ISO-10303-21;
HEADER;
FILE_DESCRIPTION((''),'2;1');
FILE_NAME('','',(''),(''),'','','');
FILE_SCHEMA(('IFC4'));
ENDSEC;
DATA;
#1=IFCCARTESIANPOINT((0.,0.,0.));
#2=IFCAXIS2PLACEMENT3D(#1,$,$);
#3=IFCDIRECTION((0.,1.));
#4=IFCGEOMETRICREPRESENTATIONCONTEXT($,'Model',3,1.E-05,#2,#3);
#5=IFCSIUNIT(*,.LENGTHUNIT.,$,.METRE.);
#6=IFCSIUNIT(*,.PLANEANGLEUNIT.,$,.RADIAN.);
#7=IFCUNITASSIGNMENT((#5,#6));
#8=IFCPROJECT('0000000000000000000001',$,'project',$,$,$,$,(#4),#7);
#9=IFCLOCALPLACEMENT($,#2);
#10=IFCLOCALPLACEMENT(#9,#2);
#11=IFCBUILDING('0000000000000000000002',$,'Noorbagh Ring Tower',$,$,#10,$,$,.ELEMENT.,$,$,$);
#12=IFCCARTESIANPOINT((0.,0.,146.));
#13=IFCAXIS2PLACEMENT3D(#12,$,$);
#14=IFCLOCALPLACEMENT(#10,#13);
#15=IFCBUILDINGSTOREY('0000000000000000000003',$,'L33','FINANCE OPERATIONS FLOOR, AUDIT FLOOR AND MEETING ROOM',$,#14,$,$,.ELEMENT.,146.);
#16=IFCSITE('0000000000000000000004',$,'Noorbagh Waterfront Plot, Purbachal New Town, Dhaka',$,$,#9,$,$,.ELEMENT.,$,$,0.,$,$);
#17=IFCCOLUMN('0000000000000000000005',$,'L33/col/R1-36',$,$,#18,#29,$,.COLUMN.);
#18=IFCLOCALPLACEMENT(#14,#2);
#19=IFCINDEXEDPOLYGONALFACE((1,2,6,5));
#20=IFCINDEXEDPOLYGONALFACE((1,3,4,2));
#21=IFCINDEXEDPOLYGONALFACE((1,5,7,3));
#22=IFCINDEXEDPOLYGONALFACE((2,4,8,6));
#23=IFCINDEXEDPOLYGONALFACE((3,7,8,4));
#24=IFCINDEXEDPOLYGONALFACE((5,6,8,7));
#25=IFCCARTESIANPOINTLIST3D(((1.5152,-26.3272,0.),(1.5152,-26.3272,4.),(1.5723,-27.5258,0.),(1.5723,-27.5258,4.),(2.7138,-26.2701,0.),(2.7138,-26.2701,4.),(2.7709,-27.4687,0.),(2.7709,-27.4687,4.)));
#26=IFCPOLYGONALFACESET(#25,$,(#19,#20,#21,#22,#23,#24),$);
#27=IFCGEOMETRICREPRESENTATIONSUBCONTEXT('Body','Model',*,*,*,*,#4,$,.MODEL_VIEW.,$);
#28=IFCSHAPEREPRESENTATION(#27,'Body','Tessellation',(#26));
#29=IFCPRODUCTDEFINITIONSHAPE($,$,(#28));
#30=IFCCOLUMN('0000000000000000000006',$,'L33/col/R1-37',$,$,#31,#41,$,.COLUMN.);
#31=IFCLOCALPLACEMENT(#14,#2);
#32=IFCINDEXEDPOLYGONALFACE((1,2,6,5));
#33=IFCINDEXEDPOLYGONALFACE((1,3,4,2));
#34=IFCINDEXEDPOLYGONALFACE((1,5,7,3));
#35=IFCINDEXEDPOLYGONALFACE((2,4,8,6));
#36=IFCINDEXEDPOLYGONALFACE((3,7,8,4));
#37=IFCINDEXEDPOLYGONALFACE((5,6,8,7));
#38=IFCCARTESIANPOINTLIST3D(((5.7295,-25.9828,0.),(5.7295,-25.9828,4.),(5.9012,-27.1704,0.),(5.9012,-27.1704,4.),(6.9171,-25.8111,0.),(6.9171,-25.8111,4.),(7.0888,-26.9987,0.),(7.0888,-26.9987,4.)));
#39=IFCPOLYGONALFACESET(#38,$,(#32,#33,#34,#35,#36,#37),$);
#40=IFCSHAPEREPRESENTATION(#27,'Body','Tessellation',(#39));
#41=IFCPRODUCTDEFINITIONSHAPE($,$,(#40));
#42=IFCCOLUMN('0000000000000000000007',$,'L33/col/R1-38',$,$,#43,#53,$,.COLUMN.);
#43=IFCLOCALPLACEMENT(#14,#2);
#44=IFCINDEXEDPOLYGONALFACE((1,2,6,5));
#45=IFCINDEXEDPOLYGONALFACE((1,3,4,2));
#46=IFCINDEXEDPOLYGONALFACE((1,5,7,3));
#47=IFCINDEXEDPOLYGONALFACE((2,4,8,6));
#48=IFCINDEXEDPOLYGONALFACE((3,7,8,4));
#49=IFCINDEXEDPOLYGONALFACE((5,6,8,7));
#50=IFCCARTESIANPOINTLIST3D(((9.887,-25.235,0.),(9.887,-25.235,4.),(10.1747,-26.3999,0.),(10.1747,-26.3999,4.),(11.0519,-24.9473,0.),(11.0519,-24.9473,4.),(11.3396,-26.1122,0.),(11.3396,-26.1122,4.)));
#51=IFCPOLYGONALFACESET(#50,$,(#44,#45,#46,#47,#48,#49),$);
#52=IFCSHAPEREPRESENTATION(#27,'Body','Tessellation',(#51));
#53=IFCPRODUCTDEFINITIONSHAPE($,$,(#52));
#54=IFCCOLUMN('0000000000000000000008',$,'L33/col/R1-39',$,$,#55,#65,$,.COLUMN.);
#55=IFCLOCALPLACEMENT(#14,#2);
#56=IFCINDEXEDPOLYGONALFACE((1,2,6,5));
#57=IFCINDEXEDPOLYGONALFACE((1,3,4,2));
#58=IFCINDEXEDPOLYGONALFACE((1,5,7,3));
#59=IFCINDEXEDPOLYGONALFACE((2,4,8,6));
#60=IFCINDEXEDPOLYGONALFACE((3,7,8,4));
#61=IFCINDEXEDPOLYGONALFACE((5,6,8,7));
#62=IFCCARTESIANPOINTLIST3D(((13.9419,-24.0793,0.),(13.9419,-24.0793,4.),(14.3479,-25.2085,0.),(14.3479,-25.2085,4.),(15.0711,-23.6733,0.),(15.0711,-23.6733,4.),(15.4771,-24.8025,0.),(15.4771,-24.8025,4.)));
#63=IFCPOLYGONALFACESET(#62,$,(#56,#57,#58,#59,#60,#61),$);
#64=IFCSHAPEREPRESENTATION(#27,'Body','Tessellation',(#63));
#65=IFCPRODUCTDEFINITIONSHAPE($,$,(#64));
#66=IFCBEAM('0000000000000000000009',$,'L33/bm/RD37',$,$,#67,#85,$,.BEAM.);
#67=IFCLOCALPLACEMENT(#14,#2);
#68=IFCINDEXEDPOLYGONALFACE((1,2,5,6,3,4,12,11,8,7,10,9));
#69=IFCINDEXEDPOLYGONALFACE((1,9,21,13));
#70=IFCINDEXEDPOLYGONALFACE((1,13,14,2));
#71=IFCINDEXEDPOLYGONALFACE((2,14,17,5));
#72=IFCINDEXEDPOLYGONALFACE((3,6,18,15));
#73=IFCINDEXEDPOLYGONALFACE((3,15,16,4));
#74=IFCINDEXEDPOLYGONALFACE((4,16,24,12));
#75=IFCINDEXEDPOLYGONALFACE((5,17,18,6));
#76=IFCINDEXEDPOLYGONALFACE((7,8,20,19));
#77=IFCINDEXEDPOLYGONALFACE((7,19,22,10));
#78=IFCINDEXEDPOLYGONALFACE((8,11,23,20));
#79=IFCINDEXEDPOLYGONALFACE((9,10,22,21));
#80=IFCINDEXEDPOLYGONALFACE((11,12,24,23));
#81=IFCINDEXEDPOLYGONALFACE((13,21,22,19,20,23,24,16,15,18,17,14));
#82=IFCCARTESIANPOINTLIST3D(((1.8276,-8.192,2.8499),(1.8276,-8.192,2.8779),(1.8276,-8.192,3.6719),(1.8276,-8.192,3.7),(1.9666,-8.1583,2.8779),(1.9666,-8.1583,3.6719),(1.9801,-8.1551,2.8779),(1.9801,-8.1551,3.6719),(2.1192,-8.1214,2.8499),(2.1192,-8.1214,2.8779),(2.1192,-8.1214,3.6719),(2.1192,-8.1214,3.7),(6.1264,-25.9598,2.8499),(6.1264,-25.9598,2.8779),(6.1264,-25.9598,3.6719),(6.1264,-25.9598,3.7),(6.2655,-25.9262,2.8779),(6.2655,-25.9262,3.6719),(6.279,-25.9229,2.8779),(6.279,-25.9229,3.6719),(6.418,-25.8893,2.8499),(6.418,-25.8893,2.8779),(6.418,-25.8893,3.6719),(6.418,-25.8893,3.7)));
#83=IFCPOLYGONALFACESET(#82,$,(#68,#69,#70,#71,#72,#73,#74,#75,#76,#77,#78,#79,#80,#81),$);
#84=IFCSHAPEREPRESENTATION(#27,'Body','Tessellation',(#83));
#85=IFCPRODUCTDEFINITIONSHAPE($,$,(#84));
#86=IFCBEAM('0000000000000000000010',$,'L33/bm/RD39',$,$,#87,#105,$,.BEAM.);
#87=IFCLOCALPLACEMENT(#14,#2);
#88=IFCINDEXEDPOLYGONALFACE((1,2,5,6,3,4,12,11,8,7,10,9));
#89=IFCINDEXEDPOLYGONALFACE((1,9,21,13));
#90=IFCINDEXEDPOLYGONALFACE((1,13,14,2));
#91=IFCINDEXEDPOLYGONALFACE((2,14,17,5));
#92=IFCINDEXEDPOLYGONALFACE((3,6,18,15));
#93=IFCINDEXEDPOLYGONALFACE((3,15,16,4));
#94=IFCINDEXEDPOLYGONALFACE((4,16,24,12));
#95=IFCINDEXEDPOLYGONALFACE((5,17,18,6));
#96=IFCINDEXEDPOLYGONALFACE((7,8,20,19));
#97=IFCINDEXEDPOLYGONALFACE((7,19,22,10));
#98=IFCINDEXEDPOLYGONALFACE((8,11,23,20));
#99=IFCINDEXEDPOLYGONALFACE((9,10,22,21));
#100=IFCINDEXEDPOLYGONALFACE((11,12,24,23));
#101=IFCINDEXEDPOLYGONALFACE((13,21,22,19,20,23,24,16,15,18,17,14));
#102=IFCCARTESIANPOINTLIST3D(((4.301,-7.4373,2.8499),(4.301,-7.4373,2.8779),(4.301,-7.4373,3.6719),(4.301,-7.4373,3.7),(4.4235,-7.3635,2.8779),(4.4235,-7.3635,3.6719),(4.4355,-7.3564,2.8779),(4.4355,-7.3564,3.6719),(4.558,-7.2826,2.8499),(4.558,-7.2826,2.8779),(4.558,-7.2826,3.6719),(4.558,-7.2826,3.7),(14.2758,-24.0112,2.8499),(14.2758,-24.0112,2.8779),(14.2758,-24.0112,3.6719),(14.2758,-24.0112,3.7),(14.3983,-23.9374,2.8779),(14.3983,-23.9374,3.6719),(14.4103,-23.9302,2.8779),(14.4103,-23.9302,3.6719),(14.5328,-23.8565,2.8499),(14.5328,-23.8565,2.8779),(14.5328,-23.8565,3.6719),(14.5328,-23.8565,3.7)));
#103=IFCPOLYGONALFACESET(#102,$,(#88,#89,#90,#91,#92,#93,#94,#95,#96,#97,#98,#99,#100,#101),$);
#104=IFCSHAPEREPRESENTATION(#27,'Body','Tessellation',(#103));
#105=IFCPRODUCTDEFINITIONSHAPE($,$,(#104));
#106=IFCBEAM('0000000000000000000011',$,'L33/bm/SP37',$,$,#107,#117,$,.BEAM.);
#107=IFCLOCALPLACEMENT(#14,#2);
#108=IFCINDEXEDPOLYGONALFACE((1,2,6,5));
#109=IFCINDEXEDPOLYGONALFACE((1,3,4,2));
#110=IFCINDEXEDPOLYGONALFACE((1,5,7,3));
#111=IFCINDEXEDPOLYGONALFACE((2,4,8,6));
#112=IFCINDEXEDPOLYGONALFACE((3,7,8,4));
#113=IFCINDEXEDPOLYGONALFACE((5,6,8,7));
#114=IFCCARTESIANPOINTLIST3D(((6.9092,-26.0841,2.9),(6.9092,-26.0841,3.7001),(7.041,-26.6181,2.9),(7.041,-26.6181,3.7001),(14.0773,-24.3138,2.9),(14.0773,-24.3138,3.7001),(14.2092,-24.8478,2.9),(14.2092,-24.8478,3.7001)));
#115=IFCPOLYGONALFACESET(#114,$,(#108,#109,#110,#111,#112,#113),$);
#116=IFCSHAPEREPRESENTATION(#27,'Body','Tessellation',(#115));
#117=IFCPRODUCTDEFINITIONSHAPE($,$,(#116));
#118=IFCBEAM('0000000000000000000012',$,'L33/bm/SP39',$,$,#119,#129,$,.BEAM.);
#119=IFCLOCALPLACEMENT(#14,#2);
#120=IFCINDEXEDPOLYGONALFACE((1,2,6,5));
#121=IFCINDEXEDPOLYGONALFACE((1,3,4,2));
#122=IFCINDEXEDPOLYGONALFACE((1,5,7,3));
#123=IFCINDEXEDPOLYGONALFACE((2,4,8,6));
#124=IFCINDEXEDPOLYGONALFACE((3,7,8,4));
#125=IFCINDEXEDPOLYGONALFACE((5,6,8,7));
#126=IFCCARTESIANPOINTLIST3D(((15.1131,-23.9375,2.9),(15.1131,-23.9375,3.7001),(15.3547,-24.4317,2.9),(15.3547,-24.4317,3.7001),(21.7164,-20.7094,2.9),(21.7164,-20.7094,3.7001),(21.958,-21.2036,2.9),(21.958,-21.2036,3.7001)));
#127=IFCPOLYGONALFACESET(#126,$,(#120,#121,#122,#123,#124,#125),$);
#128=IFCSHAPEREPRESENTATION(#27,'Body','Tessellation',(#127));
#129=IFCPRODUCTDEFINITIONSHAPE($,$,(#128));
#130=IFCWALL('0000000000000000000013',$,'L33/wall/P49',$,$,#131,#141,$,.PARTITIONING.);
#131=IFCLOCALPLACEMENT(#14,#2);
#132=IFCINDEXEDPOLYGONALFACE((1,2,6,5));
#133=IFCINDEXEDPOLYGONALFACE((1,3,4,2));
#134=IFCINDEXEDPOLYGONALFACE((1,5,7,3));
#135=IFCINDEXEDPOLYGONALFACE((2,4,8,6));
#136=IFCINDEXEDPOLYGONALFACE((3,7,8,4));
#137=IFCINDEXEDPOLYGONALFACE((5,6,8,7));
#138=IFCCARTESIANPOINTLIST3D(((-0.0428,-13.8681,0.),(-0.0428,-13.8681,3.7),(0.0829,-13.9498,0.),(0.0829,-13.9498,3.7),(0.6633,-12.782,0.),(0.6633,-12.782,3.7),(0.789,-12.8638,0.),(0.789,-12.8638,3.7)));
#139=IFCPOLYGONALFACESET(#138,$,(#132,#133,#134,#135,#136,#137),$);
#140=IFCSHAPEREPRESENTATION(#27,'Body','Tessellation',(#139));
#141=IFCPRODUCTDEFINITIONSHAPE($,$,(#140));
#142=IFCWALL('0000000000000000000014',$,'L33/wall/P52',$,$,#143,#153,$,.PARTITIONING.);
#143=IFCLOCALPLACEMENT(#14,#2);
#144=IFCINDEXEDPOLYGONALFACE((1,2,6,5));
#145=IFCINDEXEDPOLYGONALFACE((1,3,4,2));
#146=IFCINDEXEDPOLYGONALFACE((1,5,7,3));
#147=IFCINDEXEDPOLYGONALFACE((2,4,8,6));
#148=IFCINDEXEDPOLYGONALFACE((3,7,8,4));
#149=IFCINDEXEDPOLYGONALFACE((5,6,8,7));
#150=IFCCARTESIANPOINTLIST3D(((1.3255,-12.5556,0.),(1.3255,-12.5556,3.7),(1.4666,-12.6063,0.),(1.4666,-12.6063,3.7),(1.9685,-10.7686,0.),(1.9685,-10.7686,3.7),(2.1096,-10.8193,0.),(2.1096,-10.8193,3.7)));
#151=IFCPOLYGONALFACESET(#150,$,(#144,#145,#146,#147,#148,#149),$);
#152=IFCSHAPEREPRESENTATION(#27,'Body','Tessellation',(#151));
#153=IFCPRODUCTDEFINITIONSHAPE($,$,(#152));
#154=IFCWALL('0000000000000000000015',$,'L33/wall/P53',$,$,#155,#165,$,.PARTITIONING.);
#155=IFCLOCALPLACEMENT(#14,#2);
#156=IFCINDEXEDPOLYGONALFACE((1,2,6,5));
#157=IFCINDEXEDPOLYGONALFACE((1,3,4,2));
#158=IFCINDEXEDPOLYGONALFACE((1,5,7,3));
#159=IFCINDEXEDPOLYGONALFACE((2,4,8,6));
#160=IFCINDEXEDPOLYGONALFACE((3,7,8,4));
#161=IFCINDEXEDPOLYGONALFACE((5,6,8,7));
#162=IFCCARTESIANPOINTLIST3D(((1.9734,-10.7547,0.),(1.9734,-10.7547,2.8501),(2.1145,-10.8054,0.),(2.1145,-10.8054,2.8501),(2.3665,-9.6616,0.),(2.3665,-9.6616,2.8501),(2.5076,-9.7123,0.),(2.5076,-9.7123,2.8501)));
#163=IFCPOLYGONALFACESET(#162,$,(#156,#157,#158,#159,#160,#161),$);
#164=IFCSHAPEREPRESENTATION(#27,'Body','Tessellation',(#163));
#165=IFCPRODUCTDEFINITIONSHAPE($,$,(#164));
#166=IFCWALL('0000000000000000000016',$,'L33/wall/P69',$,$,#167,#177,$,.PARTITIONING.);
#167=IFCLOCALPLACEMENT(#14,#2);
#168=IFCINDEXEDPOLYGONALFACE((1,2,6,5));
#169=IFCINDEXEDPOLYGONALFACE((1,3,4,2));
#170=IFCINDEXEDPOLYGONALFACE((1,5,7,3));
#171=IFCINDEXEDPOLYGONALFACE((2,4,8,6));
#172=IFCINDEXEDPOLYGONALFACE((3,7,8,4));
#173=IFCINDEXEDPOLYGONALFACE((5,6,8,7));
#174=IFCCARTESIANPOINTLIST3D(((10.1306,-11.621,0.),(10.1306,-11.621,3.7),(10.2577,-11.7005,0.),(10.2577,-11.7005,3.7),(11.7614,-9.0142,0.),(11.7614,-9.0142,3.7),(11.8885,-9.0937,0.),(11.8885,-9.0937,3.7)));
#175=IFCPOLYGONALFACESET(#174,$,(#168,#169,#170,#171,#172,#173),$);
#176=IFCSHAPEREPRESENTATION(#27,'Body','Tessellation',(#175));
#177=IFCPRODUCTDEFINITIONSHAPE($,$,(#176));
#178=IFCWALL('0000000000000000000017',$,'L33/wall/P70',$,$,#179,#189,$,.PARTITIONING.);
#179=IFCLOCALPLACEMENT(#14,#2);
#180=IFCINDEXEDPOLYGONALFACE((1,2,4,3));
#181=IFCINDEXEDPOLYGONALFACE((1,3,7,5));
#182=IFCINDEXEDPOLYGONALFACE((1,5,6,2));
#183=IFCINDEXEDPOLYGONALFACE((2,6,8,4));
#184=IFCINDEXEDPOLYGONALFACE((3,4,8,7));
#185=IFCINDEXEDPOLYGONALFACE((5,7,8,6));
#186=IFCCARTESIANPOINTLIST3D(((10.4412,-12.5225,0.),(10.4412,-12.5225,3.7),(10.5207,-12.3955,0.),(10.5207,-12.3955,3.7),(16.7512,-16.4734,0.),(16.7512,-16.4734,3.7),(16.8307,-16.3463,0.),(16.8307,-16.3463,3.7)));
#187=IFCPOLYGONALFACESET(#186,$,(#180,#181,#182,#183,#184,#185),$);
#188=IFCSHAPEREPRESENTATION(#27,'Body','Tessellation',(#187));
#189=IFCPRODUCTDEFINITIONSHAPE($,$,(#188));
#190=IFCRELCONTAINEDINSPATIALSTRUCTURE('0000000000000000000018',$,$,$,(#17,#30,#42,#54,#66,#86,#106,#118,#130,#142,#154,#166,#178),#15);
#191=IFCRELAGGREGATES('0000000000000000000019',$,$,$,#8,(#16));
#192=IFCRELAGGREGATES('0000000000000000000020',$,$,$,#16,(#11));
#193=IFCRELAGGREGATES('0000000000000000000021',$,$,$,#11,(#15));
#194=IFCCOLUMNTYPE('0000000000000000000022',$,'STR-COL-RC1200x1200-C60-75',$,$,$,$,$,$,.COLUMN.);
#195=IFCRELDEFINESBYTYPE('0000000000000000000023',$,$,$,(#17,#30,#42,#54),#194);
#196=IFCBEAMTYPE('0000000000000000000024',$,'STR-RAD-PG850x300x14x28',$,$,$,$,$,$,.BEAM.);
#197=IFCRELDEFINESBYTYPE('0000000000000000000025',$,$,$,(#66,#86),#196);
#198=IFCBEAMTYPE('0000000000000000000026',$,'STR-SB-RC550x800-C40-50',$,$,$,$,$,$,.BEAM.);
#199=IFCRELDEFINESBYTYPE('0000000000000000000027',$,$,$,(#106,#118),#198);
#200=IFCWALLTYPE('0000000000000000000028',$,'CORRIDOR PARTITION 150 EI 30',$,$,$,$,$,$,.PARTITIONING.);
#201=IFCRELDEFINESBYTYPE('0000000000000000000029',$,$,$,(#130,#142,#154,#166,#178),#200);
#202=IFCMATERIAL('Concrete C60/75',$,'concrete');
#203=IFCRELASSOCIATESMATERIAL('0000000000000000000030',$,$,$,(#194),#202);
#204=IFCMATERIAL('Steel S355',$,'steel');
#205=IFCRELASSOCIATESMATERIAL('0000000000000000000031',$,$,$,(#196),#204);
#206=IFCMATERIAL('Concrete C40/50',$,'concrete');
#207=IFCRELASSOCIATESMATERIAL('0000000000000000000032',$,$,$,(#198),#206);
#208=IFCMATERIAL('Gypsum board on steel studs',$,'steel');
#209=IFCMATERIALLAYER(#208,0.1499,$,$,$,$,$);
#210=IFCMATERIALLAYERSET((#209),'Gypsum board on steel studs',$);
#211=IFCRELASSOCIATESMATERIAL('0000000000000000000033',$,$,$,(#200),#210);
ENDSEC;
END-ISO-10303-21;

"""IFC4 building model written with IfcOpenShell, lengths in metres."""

from ifc_helpers import new_model, si_unit, direction, frame, frame_2d, origin, origin_2d, place, context, subcontext, project, spatial, rectangle, i_section, extrude, material, layer, layer_set, material_profile, profile_set, type_object, element, save


model = new_model("IFC4")

# Units and contexts
model_context = context("Model", 3, precision=1e-05, world=origin(), true_north=direction((0.0, 1.0)))
body_context = subcontext(model_context, "Body", "Model", "MODEL_VIEW")
ifc_project = project(units=[si_unit("LENGTHUNIT", "METRE"), si_unit("PLANEANGLEUNIT", "RADIAN")], contexts=[model_context])

# Site, building, storey
site_placement = place(None, origin())
site = spatial("IfcSite", under=ifc_project, at=site_placement, Name="Noorbagh Waterfront Plot, Purbachal New Town, Dhaka", CompositionType="ELEMENT", RefElevation=0.0)
building_placement = place(site_placement, origin())
building = spatial("IfcBuilding", under=site, at=building_placement, Name="Noorbagh Ring Tower", CompositionType="ELEMENT")
storey_placement = place(building_placement, frame((0.0, 0.0, 146.0)))
storey = spatial("IfcBuildingStorey", under=building, at=storey_placement, Name="L33", Description="FINANCE OPERATIONS FLOOR, AUDIT FLOOR AND MEETING ROOM", CompositionType="ELEMENT", Elevation=146.0)

# Columns
ifc_material_1 = material(Name="Concrete C60/75", Category="concrete")
ifc_material_profile_1 = material_profile(ifc_material_1, rectangle(XDim=1.2, YDim=1.2, at=origin_2d()), Name="RC1200x1200")
ifc_profile_set_1 = profile_set([ifc_material_profile_1], Name="Concrete C60/75")
column_type = type_object("IfcColumnType", Name="STR-COL-RC1200x1200-C60-75", PredefinedType="COLUMN", material=ifc_profile_set_1)
for number, where, z_axis, x_axis, name in (
    (1, (2.1431, -26.8979, 0.0), (0.0, 0.0, 1.0), (0.998869, 0.047553, 0.0), "L33/col/R1-36"),
    (2, (6.4092, -26.4907, 0.0), (0.0, 0.0, 1.0), (0.989713, 0.143066, 0.0), "L33/col/R1-37"),
    (3, (10.6133, -25.6736, 0.0), (0.0, 0.0, 1.0), (0.970829, 0.239771, 0.0), "L33/col/R1-38"),
    (4, (14.7095, -24.4409, 0.0), (0.0, 0.0, 1.0), (0.941025, 0.338338, 0.0), "L33/col/R1-39"),
):
    element("IfcColumn", number, at=place(storey_placement, frame(where, z_axis=z_axis, x_axis=x_axis)), inside=storey, type_object=column_type, Name=name, PredefinedType="COLUMN", context=body_context, shape_type="SweptSolid", body=[
        extrude(rectangle(XDim=1.2, YDim=1.2, at=origin_2d()), origin(), (0.0, 0.0, 1.0), 4.0),
    ])

# Beams
ifc_material_2 = material(Name="Steel S355", Category="steel")
ifc_material_profile_2 = material_profile(ifc_material_2, i_section(OverallWidth=0.3, OverallDepth=0.8501, WebThickness=0.0139, FlangeThickness=0.0281, at=origin_2d()), Name="PG850x300x14x28")
ifc_profile_set_2 = profile_set([ifc_material_profile_2], Name="Steel S355")
beam_type_1 = type_object("IfcBeamType", Name="STR-RAD-PG850x300x14x28", PredefinedType="BEAM", material=ifc_profile_set_2)
beam_1_placement = place(storey_placement, frame((6.2722, -25.9246, 3.2749), z_axis=(-0.23516, 0.971957, 0.0), x_axis=(-0.971957, -0.23516, 0.0)))
element("IfcBeam", 5, at=beam_1_placement, inside=storey, type_object=beam_type_1, Name="L33/bm/RD37", PredefinedType="BEAM", context=body_context, shape_type="SweptSolid", body=[
    extrude(i_section(OverallWidth=0.3, OverallDepth=0.8501, WebThickness=0.0139, FlangeThickness=0.0281, at=origin_2d()), origin(), (0.0, 0.0, 1.0), 18.2805),
])
beam_2_placement = place(storey_placement, frame((14.4043, -23.9338, 3.2749), z_axis=(-0.515653, 0.856797, 0.0), x_axis=(-0.856797, -0.515653, 0.0)))
element("IfcBeam", 6, at=beam_2_placement, inside=storey, type_object=beam_type_1, Name="L33/bm/RD39", PredefinedType="BEAM", context=body_context, shape_type="SweptSolid", body=[
    extrude(i_section(OverallWidth=0.3, OverallDepth=0.8501, WebThickness=0.0139, FlangeThickness=0.0281, at=origin_2d()), origin(), (0.0, 0.0, 1.0), 19.344),
])
ifc_material_3 = material(Name="Concrete C40/50", Category="concrete")
ifc_material_profile_3 = material_profile(ifc_material_3, rectangle(XDim=0.55, YDim=0.8, at=origin_2d()), Name="RC550x800")
ifc_profile_set_3 = profile_set([ifc_material_profile_3], Name="Concrete C40/50")
beam_type_2 = type_object("IfcBeamType", Name="STR-SB-RC550x800-C40-50", PredefinedType="BEAM", material=ifc_profile_set_3)
beam_3_placement = place(storey_placement, frame((6.9751, -26.3511, 3.3), z_axis=(0.970833, 0.239757, 0.0), x_axis=(-0.239757, 0.970833, 0.0)))
element("IfcBeam", 7, at=beam_3_placement, inside=storey, type_object=beam_type_2, Name="L33/bm/SP37", PredefinedType="BEAM", context=body_context, shape_type="SweptSolid", body=[
    extrude(rectangle(XDim=0.55, YDim=0.8, at=origin_2d()), origin(), (0.0, 0.0, 1.0), 7.3835),
])
beam_4_placement = place(storey_placement, frame((15.2339, -24.1846, 3.3), z_axis=(0.898397, 0.439184, 0.0), x_axis=(-0.439184, 0.898397, 0.0)))
element("IfcBeam", 8, at=beam_4_placement, inside=storey, type_object=beam_type_2, Name="L33/bm/SP39", PredefinedType="BEAM", context=body_context, shape_type="SweptSolid", body=[
    extrude(rectangle(XDim=0.55, YDim=0.8, at=origin_2d()), origin(), (0.0, 0.0, 1.0), 7.3501),
])

# Walls
ifc_material_4 = material(Name="Gypsum board on steel studs", Category="steel")
ifc_layer_1 = layer(ifc_material_4, 0.1499)
ifc_layer_set_1 = layer_set([ifc_layer_1], Name="Gypsum board on steel studs")
wall_type_1 = type_object("IfcWallType", Name="CORRIDOR PARTITION 150 EI 30", PredefinedType="PARTITIONING", material=ifc_layer_set_1)
wall_1_placement = place(storey_placement, frame((0.02, -13.9089, 0.0), z_axis=(0.0, 0.0, 1.0), x_axis=(0.545094, 0.838375, 0.0)))
element("IfcWall", 9, at=wall_1_placement, inside=storey, type_object=wall_type_1, Name="L33/wall/P49", PredefinedType="PARTITIONING", context=body_context, shape_type="SweptSolid", body=[
    extrude(rectangle(XDim=1.2954, YDim=0.1499, at=frame_2d((0.6477, 0.0))), origin(), (0.0, 0.0, 1.0), 3.7),
])
wall_2_placement = place(storey_placement, frame((1.396, -12.5811, 0.0), z_axis=(0.0, 0.0, 1.0), x_axis=(0.338583, 0.940937, 0.0)))
element("IfcWall", 10, at=wall_2_placement, inside=storey, type_object=wall_type_1, Name="L33/wall/P52", PredefinedType="PARTITIONING", context=body_context, shape_type="SweptSolid", body=[
    extrude(rectangle(XDim=1.8992, YDim=0.1499, at=frame_2d((0.9497, 0.0))), origin(), (0.0, 0.0, 1.0), 3.7),
])
wall_3_placement = place(storey_placement, frame((2.0439, -10.78, 0.0), z_axis=(0.0, 0.0, 1.0), x_axis=(0.338399, 0.941003, 0.0)))
element("IfcWall", 11, at=wall_3_placement, inside=storey, type_object=wall_type_1, Name="L33/wall/P53", PredefinedType="PARTITIONING", context=body_context, shape_type="SweptSolid", body=[
    extrude(rectangle(XDim=1.1616, YDim=0.1499, at=frame_2d((0.5808, 0.0))), origin(), (0.0, 0.0, 1.0), 2.8501),
])
wall_4_placement = place(storey_placement, frame((10.1941, -11.6609, 0.0), z_axis=(0.0, 0.0, 1.0), x_axis=(0.530356, 0.847775, 0.0)))
element("IfcWall", 12, at=wall_4_placement, inside=storey, type_object=wall_type_1, Name="L33/wall/P69", PredefinedType="PARTITIONING", context=body_context, shape_type="SweptSolid", body=[
    extrude(rectangle(XDim=3.075, YDim=0.1499, at=frame_2d((1.5376, 0.0))), origin(), (0.0, 0.0, 1.0), 3.7),
])
wall_5_placement = place(storey_placement, frame((10.481, -12.459, 0.0), z_axis=(0.0, 0.0, 1.0), x_axis=(0.847567, -0.530689, 0.0)))
element("IfcWall", 13, at=wall_5_placement, inside=storey, type_object=wall_type_1, Name="L33/wall/P70", PredefinedType="PARTITIONING", context=body_context, shape_type="SweptSolid", body=[
    extrude(rectangle(XDim=7.4448, YDim=0.1499, at=frame_2d((3.7224, 0.0))), origin(), (0.0, 0.0, 1.0), 3.7),
])

save(model, "model.ifc")
